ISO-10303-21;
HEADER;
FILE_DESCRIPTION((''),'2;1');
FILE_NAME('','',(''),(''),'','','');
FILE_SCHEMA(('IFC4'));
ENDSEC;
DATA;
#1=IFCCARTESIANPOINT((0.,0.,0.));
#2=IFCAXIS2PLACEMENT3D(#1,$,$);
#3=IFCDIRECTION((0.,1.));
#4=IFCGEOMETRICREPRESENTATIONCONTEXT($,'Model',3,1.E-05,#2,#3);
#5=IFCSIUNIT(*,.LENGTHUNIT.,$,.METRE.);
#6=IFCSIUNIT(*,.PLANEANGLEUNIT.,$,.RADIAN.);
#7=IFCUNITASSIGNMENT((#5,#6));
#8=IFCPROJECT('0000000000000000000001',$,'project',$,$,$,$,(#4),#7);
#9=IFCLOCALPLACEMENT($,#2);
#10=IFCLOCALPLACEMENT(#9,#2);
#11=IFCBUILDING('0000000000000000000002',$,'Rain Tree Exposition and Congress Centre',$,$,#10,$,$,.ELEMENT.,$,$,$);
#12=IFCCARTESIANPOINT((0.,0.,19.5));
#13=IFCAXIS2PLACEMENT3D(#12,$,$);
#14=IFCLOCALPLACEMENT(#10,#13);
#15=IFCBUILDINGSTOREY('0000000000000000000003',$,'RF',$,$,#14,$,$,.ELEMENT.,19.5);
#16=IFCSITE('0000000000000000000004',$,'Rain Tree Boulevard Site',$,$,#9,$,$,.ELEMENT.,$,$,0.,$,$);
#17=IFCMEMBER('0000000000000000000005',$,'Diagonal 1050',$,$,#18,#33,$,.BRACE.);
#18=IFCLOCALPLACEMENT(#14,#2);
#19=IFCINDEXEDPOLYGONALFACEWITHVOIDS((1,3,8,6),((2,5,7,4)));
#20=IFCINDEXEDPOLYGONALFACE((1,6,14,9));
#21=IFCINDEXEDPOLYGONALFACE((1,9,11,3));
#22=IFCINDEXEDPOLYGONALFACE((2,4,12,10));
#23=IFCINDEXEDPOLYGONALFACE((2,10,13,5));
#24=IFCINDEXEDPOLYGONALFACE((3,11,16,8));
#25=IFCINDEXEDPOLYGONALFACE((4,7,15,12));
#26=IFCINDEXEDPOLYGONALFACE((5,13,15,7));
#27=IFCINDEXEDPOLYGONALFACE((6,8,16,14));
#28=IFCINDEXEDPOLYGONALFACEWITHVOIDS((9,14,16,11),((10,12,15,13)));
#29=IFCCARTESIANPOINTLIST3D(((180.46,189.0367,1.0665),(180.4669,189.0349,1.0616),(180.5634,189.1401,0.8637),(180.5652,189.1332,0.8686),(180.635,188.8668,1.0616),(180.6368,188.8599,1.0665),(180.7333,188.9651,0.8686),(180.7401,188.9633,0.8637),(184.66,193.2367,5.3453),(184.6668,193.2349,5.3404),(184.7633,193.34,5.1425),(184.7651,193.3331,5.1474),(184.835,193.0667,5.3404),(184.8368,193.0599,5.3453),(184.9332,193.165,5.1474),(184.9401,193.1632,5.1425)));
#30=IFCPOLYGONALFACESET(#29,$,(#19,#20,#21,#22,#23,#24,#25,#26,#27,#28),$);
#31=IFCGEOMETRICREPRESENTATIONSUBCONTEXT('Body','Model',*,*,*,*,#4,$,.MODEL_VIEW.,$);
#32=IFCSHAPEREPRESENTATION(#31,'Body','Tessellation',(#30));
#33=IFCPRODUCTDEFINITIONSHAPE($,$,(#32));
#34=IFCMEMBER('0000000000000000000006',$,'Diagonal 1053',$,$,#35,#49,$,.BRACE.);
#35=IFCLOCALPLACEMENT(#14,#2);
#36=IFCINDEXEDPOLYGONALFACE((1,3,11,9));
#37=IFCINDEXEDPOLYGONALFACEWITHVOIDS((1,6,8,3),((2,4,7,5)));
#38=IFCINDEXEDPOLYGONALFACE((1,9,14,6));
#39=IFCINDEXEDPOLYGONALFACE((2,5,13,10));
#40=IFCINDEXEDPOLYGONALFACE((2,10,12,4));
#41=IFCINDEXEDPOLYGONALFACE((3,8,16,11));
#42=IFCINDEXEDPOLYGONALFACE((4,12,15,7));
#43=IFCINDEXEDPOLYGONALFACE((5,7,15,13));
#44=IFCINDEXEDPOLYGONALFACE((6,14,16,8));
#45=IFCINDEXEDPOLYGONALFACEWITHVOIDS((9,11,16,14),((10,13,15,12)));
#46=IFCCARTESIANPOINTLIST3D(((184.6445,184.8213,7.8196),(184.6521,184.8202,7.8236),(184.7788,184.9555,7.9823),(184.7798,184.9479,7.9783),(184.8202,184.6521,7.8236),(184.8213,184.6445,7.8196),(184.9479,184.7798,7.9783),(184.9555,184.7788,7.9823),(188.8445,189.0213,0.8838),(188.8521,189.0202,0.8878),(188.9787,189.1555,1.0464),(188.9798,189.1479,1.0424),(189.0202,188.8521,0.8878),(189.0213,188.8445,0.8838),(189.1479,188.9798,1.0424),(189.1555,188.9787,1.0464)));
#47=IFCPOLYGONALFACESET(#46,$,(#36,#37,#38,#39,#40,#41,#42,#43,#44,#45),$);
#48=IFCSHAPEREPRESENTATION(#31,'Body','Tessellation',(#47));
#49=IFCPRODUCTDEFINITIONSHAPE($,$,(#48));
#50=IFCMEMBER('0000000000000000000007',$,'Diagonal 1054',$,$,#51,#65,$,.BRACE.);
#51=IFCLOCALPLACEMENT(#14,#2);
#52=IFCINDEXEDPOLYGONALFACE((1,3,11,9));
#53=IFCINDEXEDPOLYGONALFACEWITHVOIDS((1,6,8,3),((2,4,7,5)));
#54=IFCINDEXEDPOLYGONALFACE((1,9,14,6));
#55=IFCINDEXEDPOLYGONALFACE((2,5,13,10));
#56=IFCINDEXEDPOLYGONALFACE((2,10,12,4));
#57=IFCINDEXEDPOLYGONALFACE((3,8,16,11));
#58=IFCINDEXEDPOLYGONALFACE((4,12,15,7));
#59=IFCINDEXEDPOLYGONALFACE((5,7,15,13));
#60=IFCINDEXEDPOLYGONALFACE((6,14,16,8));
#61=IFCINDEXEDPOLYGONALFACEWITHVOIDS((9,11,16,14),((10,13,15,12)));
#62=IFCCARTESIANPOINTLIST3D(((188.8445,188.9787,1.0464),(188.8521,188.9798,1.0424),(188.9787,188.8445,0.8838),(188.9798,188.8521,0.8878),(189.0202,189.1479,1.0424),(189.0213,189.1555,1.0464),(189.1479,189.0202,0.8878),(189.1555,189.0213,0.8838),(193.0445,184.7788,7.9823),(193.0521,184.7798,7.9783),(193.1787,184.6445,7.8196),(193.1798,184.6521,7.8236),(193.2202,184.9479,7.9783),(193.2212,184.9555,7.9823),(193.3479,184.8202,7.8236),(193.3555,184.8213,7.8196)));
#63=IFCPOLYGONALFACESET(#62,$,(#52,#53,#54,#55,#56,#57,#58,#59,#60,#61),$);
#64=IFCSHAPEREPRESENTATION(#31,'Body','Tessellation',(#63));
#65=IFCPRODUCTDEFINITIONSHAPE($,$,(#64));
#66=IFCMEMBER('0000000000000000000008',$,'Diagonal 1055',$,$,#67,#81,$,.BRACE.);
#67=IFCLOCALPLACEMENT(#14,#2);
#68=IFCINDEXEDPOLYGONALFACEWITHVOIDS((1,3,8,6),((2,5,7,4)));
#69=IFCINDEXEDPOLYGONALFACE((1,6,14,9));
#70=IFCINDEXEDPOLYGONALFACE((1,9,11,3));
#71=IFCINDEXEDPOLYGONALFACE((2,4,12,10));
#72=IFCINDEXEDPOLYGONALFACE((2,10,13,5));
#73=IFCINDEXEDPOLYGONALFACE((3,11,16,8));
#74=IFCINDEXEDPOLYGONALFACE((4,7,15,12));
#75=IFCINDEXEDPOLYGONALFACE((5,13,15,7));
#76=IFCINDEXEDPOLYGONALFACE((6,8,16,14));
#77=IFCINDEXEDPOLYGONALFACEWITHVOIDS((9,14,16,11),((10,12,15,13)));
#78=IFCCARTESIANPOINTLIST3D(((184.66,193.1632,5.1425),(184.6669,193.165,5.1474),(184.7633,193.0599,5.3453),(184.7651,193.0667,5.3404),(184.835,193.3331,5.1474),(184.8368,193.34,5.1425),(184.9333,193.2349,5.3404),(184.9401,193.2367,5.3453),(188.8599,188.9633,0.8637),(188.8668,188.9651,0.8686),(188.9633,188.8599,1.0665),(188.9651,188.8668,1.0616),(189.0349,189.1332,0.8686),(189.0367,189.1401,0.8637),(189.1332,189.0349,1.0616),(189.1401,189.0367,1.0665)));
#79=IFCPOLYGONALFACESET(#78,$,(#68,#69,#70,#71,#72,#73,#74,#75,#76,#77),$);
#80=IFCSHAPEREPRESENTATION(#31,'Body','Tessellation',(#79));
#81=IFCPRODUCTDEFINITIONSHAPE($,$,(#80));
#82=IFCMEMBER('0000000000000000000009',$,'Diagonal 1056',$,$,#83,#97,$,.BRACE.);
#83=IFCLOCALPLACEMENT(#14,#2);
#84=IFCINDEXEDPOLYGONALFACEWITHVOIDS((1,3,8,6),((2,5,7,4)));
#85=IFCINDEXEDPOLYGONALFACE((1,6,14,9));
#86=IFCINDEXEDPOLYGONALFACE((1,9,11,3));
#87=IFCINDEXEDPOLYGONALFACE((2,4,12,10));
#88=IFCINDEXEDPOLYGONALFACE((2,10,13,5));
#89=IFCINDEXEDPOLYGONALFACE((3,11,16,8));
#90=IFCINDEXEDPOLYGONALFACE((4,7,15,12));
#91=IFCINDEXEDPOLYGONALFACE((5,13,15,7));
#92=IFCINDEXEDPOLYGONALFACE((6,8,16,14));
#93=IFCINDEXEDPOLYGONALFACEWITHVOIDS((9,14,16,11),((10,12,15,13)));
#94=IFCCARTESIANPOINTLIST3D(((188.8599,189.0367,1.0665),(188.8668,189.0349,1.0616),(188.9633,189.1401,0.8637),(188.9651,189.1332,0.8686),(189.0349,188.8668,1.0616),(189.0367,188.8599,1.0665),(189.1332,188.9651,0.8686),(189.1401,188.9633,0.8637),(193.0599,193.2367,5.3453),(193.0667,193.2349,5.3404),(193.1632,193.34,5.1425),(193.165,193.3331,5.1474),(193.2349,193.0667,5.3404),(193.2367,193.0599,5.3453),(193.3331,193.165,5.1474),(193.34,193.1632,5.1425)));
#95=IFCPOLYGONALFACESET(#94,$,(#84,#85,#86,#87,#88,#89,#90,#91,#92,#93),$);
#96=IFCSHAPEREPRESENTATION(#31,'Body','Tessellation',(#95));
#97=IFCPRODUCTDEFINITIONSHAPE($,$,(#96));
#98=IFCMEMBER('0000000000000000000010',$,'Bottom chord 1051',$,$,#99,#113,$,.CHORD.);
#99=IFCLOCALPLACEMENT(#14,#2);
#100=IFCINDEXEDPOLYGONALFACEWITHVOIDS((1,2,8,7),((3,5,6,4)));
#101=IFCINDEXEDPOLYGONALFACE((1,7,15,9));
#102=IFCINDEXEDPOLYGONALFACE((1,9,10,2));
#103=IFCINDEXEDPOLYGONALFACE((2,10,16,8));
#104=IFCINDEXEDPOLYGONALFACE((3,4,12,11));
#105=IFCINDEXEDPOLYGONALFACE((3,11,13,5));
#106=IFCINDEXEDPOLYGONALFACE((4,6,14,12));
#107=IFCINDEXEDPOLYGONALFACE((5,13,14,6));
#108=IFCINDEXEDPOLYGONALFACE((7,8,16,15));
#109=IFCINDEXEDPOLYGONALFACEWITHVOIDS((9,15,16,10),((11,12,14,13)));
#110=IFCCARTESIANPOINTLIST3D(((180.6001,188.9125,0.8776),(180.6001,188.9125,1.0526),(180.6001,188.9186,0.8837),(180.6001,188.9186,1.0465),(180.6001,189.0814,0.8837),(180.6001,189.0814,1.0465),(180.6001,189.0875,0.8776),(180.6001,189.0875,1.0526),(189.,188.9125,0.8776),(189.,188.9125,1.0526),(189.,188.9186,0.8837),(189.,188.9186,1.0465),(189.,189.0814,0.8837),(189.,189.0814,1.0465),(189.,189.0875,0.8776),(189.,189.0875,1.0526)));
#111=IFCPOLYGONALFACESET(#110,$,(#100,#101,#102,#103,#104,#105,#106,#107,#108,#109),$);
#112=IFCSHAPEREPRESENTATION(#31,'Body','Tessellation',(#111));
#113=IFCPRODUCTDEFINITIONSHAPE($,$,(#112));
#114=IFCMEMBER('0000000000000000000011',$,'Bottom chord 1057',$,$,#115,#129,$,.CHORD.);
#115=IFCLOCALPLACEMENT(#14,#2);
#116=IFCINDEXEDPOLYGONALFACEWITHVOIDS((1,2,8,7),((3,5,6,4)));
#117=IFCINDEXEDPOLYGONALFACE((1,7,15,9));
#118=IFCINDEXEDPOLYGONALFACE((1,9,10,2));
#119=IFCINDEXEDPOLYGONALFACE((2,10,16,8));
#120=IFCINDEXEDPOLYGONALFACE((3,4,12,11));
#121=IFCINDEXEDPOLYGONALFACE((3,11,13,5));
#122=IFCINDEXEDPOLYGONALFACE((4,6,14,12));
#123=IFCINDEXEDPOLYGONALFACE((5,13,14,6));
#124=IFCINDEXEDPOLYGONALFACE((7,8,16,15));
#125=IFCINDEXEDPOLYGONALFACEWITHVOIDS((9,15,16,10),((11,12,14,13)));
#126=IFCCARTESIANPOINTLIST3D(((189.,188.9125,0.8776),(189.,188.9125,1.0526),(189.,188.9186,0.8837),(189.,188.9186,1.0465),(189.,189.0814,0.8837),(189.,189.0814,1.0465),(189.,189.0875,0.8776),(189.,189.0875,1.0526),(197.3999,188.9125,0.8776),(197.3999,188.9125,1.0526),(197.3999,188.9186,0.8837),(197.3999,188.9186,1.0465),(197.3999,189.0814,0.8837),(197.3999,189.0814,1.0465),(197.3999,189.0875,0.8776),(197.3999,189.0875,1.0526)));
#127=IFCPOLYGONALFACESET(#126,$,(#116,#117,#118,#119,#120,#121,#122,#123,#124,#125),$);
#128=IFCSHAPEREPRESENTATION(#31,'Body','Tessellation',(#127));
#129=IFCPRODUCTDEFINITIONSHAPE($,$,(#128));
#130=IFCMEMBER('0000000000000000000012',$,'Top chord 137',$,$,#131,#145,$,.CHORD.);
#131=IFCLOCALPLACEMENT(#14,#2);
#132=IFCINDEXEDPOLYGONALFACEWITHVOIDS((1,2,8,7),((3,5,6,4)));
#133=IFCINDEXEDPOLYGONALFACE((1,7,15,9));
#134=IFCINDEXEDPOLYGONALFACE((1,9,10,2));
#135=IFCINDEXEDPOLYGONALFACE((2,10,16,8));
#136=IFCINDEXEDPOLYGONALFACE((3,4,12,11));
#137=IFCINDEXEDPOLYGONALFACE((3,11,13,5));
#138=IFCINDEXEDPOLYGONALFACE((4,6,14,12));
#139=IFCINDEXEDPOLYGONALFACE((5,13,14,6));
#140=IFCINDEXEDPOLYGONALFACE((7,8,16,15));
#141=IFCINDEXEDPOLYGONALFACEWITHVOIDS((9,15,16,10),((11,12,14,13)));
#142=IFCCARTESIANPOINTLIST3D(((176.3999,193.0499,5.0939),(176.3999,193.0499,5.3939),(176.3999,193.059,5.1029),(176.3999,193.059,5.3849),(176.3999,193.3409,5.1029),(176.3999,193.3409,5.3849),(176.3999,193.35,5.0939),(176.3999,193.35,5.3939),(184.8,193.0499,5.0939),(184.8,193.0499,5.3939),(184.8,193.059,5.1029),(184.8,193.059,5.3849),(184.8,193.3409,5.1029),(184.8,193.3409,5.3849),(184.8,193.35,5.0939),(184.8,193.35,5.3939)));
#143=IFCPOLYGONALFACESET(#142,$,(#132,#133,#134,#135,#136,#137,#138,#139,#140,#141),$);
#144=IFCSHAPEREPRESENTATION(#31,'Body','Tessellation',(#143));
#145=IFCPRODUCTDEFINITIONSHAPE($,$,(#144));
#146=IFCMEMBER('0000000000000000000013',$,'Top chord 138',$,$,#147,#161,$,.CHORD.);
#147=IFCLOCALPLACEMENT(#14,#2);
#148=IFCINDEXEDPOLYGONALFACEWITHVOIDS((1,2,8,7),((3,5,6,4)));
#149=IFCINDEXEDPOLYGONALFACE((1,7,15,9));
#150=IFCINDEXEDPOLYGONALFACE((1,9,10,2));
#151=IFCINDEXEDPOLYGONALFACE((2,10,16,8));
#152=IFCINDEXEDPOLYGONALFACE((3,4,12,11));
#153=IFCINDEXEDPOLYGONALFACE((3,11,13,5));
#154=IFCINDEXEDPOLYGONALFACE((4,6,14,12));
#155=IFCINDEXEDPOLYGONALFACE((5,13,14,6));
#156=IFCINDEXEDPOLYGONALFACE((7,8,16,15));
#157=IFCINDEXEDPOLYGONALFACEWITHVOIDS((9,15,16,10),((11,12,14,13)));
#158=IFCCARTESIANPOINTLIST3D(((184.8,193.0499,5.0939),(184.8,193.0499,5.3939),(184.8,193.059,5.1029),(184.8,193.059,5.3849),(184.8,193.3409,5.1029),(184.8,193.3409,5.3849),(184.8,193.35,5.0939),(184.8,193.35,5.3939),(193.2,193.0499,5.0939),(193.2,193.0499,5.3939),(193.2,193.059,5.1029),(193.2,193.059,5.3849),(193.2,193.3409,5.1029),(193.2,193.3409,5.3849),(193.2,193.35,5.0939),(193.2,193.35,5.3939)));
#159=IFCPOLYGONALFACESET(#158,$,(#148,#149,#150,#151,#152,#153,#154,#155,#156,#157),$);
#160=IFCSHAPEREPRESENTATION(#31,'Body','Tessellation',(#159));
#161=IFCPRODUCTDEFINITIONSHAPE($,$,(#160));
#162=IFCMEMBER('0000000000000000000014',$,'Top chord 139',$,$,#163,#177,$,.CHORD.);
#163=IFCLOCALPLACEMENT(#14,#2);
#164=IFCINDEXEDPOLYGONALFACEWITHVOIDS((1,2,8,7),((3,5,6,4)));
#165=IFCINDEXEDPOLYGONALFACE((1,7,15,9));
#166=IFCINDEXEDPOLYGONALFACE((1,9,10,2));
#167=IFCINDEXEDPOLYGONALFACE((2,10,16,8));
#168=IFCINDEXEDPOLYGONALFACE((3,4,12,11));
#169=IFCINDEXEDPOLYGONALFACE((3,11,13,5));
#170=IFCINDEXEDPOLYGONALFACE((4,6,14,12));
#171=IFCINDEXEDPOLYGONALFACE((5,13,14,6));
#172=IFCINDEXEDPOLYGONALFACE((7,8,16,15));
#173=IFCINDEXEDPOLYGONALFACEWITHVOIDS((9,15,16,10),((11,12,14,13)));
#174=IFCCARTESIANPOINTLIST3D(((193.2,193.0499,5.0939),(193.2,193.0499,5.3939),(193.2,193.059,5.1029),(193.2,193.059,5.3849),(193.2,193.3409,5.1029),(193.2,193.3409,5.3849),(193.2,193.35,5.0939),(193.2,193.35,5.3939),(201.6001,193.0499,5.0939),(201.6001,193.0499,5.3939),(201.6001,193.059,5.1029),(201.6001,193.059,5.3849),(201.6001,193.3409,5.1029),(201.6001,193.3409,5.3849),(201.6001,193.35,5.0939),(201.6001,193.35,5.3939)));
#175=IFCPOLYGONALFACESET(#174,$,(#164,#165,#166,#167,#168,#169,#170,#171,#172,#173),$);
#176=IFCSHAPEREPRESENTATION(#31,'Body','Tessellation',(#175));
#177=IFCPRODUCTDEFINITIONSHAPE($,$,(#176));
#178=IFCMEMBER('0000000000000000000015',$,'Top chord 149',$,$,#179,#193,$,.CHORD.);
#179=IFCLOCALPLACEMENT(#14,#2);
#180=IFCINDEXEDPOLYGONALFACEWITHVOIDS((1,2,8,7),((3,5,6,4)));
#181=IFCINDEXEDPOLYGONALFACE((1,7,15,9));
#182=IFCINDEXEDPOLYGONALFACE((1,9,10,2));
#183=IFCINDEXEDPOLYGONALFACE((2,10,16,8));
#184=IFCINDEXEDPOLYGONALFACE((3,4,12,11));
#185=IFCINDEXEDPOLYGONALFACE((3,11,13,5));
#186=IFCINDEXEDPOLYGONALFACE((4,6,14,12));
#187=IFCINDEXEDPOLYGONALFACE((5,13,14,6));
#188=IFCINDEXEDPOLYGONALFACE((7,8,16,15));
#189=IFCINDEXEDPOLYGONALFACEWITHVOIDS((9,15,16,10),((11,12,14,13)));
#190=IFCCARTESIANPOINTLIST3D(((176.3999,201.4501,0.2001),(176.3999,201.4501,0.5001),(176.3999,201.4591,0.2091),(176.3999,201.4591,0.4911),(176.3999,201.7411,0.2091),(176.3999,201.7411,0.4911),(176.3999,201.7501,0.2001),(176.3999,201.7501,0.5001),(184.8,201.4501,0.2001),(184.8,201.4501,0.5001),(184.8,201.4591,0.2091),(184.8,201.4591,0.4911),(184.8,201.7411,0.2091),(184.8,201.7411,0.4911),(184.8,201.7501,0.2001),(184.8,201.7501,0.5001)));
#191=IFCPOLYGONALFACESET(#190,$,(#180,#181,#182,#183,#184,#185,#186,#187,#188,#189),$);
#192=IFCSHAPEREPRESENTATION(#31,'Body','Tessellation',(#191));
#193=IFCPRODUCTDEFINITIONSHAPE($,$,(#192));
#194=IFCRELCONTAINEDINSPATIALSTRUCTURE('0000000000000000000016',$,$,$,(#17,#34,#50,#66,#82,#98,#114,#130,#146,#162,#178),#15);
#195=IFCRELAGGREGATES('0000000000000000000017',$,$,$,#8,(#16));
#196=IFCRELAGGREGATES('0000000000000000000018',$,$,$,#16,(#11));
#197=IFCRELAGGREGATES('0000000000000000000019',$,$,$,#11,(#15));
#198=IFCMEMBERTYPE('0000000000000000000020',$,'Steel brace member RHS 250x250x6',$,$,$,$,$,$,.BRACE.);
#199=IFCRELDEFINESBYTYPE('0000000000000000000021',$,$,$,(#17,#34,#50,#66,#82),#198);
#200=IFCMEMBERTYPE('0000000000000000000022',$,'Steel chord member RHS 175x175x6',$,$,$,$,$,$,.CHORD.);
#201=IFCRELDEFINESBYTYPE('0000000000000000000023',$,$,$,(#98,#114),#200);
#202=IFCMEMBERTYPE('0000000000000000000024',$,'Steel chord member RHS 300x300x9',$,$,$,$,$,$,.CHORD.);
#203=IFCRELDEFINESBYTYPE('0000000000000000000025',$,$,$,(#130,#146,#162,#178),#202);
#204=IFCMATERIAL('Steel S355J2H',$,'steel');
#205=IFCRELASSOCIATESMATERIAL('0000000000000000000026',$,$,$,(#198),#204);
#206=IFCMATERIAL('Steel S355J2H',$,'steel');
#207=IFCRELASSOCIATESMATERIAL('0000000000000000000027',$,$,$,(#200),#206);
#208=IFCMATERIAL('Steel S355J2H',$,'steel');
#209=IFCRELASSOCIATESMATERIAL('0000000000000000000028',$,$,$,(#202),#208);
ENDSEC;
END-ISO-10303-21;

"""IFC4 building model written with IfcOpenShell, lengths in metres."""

from ifc_helpers import new_model, si_unit, direction, frame, origin, origin_2d, place, context, subcontext, project, spatial, hollow_rectangle, extrude, material, material_profile, profile_set, type_object, element, save


model = new_model("IFC4")

# Units and contexts
model_context = context("Model", 3, precision=1e-05, world=origin(), true_north=direction((0.0, 1.0)))
body_context = subcontext(model_context, "Body", "Model", "MODEL_VIEW")
ifc_project = project(units=[si_unit("LENGTHUNIT", "METRE"), si_unit("PLANEANGLEUNIT", "RADIAN")], contexts=[model_context])

# Site, building, storey
site_placement = place(None, origin())
site = spatial("IfcSite", under=ifc_project, at=site_placement, Name="Rain Tree Boulevard Site", CompositionType="ELEMENT", RefElevation=0.0)
building_placement = place(site_placement, origin())
building = spatial("IfcBuilding", under=site, at=building_placement, Name="Rain Tree Exposition and Congress Centre", CompositionType="ELEMENT")
storey_placement = place(building_placement, frame((0.0, 0.0, 19.5)))
storey = spatial("IfcBuildingStorey", under=building, at=storey_placement, Name="RF", CompositionType="ELEMENT", Elevation=19.5)

# Members
ifc_material_1 = material(Name="Steel S355J2H", Category="steel")
ifc_material_profile_1 = material_profile(ifc_material_1, hollow_rectangle(XDim=0.25, YDim=0.25, WallThickness=0.0061, at=origin_2d()), Name="RHS 250x250x6")
ifc_profile_set_1 = profile_set([ifc_material_profile_1], Name="Steel S355J2H")
member_type_1 = type_object("IfcMemberType", Name="Steel brace member RHS 250x250x6", PredefinedType="BRACE", material=ifc_profile_set_1)
member_1_placement = place(storey_placement, frame((180.6001, 189.0, 0.9651), z_axis=(0.573737, 0.573737, 0.58451), x_axis=(-0.707107, 0.707107, 0.0)))
element("IfcMember", 1, at=member_1_placement, inside=storey, type_object=member_type_1, Name="Diagonal 1050", PredefinedType="BRACE", context=body_context, shape_type="SweptSolid", body=[
    extrude(hollow_rectangle(XDim=0.25, YDim=0.25, WallThickness=0.0061, at=origin_2d()), origin(), (0.0, 0.0, 1.0), 7.3203),
])
for number, where, z_axis, x_axis, name in (
    (2, (189.0, 189.0, 0.9651), (-0.459941, -0.459941, 0.759545), (0.707107, -0.707107, 0.0), "Diagonal 1053"),
    (3, (189.0, 189.0, 0.9651), (0.459941, -0.459941, 0.759545), (0.707107, 0.707107, 0.0), "Diagonal 1054"),
):
    element("IfcMember", number, at=place(storey_placement, frame(where, z_axis=z_axis, x_axis=x_axis)), inside=storey, type_object=member_type_1, Name=name, PredefinedType="BRACE", context=body_context, shape_type="SweptSolid", body=[
        extrude(hollow_rectangle(XDim=0.25, YDim=0.25, WallThickness=0.0061, at=origin_2d()), origin(), (0.0, 0.0, 1.0), 9.1316),
    ])
for number, where, z_axis, x_axis, name in (
    (4, (189.0, 189.0, 0.9651), (-0.573737, 0.573737, 0.58451), (-0.707107, -0.707107, 0.0), "Diagonal 1055"),
    (5, (189.0, 189.0, 0.9651), (0.573737, 0.573737, 0.58451), (-0.707107, 0.707107, 0.0), "Diagonal 1056"),
):
    element("IfcMember", number, at=place(storey_placement, frame(where, z_axis=z_axis, x_axis=x_axis)), inside=storey, type_object=member_type_1, Name=name, PredefinedType="BRACE", context=body_context, shape_type="SweptSolid", body=[
        extrude(hollow_rectangle(XDim=0.25, YDim=0.25, WallThickness=0.0061, at=origin_2d()), origin(), (0.0, 0.0, 1.0), 7.3203),
    ])
ifc_material_2 = material(Name="Steel S355J2H", Category="steel")
ifc_material_profile_2 = material_profile(ifc_material_2, hollow_rectangle(XDim=0.175, YDim=0.175, WallThickness=0.0061, at=origin_2d()), Name="RHS 175x175x6")
ifc_profile_set_2 = profile_set([ifc_material_profile_2], Name="Steel S355J2H")
member_type_2 = type_object("IfcMemberType", Name="Steel chord member RHS 175x175x6", PredefinedType="CHORD", material=ifc_profile_set_2)
for number, where, z_axis, x_axis, name in (
    (6, (180.6001, 189.0, 0.9651), (1.0, 0.0, 0.0), (0.0, 1.0, 0.0), "Bottom chord 1051"),
    (7, (189.0, 189.0, 0.9651), (1.0, 0.0, 0.0), (0.0, 1.0, 0.0), "Bottom chord 1057"),
):
    element("IfcMember", number, at=place(storey_placement, frame(where, z_axis=z_axis, x_axis=x_axis)), inside=storey, type_object=member_type_2, Name=name, PredefinedType="CHORD", context=body_context, shape_type="SweptSolid", body=[
        extrude(hollow_rectangle(XDim=0.175, YDim=0.175, WallThickness=0.0061, at=origin_2d()), origin(), (0.0, 0.0, 1.0), 8.3999),
    ])
ifc_material_3 = material(Name="Steel S355J2H", Category="steel")
ifc_material_profile_3 = material_profile(ifc_material_3, hollow_rectangle(XDim=0.3, YDim=0.3, WallThickness=0.009, at=origin_2d()), Name="RHS 300x300x9")
ifc_profile_set_3 = profile_set([ifc_material_profile_3], Name="Steel S355J2H")
member_type_3 = type_object("IfcMemberType", Name="Steel chord member RHS 300x300x9", PredefinedType="CHORD", material=ifc_profile_set_3)
member_2_placement = place(storey_placement, frame((176.3999, 193.2, 5.2439), z_axis=(1.0, 0.0, 0.0), x_axis=(0.0, 1.0, 0.0)))
element("IfcMember", 8, at=member_2_placement, inside=storey, type_object=member_type_3, Name="Top chord 137", PredefinedType="CHORD", context=body_context, shape_type="SweptSolid", body=[
    extrude(hollow_rectangle(XDim=0.3, YDim=0.3, WallThickness=0.009, at=origin_2d()), origin(), (0.0, 0.0, 1.0), 8.4001),
])
member_3_placement = place(storey_placement, frame((184.8, 193.2, 5.2439), z_axis=(1.0, 0.0, 0.0), x_axis=(0.0, 1.0, 0.0)))
element("IfcMember", 9, at=member_3_placement, inside=storey, type_object=member_type_3, Name="Top chord 138", PredefinedType="CHORD", context=body_context, shape_type="SweptSolid", body=[
    extrude(hollow_rectangle(XDim=0.3, YDim=0.3, WallThickness=0.009, at=origin_2d()), origin(), (0.0, 0.0, 1.0), 8.3999),
])
for number, where, z_axis, x_axis, name in (
    (10, (193.2, 193.2, 5.2439), (1.0, 0.0, 0.0), (0.0, 1.0, 0.0), "Top chord 139"),
    (11, (176.3999, 201.6001, 0.3501), (1.0, 0.0, 0.0), (0.0, 1.0, 0.0), "Top chord 149"),
):
    element("IfcMember", number, at=place(storey_placement, frame(where, z_axis=z_axis, x_axis=x_axis)), inside=storey, type_object=member_type_3, Name=name, PredefinedType="CHORD", context=body_context, shape_type="SweptSolid", body=[
        extrude(hollow_rectangle(XDim=0.3, YDim=0.3, WallThickness=0.009, at=origin_2d()), origin(), (0.0, 0.0, 1.0), 8.4001),
    ])

save(model, "model.ifc")
